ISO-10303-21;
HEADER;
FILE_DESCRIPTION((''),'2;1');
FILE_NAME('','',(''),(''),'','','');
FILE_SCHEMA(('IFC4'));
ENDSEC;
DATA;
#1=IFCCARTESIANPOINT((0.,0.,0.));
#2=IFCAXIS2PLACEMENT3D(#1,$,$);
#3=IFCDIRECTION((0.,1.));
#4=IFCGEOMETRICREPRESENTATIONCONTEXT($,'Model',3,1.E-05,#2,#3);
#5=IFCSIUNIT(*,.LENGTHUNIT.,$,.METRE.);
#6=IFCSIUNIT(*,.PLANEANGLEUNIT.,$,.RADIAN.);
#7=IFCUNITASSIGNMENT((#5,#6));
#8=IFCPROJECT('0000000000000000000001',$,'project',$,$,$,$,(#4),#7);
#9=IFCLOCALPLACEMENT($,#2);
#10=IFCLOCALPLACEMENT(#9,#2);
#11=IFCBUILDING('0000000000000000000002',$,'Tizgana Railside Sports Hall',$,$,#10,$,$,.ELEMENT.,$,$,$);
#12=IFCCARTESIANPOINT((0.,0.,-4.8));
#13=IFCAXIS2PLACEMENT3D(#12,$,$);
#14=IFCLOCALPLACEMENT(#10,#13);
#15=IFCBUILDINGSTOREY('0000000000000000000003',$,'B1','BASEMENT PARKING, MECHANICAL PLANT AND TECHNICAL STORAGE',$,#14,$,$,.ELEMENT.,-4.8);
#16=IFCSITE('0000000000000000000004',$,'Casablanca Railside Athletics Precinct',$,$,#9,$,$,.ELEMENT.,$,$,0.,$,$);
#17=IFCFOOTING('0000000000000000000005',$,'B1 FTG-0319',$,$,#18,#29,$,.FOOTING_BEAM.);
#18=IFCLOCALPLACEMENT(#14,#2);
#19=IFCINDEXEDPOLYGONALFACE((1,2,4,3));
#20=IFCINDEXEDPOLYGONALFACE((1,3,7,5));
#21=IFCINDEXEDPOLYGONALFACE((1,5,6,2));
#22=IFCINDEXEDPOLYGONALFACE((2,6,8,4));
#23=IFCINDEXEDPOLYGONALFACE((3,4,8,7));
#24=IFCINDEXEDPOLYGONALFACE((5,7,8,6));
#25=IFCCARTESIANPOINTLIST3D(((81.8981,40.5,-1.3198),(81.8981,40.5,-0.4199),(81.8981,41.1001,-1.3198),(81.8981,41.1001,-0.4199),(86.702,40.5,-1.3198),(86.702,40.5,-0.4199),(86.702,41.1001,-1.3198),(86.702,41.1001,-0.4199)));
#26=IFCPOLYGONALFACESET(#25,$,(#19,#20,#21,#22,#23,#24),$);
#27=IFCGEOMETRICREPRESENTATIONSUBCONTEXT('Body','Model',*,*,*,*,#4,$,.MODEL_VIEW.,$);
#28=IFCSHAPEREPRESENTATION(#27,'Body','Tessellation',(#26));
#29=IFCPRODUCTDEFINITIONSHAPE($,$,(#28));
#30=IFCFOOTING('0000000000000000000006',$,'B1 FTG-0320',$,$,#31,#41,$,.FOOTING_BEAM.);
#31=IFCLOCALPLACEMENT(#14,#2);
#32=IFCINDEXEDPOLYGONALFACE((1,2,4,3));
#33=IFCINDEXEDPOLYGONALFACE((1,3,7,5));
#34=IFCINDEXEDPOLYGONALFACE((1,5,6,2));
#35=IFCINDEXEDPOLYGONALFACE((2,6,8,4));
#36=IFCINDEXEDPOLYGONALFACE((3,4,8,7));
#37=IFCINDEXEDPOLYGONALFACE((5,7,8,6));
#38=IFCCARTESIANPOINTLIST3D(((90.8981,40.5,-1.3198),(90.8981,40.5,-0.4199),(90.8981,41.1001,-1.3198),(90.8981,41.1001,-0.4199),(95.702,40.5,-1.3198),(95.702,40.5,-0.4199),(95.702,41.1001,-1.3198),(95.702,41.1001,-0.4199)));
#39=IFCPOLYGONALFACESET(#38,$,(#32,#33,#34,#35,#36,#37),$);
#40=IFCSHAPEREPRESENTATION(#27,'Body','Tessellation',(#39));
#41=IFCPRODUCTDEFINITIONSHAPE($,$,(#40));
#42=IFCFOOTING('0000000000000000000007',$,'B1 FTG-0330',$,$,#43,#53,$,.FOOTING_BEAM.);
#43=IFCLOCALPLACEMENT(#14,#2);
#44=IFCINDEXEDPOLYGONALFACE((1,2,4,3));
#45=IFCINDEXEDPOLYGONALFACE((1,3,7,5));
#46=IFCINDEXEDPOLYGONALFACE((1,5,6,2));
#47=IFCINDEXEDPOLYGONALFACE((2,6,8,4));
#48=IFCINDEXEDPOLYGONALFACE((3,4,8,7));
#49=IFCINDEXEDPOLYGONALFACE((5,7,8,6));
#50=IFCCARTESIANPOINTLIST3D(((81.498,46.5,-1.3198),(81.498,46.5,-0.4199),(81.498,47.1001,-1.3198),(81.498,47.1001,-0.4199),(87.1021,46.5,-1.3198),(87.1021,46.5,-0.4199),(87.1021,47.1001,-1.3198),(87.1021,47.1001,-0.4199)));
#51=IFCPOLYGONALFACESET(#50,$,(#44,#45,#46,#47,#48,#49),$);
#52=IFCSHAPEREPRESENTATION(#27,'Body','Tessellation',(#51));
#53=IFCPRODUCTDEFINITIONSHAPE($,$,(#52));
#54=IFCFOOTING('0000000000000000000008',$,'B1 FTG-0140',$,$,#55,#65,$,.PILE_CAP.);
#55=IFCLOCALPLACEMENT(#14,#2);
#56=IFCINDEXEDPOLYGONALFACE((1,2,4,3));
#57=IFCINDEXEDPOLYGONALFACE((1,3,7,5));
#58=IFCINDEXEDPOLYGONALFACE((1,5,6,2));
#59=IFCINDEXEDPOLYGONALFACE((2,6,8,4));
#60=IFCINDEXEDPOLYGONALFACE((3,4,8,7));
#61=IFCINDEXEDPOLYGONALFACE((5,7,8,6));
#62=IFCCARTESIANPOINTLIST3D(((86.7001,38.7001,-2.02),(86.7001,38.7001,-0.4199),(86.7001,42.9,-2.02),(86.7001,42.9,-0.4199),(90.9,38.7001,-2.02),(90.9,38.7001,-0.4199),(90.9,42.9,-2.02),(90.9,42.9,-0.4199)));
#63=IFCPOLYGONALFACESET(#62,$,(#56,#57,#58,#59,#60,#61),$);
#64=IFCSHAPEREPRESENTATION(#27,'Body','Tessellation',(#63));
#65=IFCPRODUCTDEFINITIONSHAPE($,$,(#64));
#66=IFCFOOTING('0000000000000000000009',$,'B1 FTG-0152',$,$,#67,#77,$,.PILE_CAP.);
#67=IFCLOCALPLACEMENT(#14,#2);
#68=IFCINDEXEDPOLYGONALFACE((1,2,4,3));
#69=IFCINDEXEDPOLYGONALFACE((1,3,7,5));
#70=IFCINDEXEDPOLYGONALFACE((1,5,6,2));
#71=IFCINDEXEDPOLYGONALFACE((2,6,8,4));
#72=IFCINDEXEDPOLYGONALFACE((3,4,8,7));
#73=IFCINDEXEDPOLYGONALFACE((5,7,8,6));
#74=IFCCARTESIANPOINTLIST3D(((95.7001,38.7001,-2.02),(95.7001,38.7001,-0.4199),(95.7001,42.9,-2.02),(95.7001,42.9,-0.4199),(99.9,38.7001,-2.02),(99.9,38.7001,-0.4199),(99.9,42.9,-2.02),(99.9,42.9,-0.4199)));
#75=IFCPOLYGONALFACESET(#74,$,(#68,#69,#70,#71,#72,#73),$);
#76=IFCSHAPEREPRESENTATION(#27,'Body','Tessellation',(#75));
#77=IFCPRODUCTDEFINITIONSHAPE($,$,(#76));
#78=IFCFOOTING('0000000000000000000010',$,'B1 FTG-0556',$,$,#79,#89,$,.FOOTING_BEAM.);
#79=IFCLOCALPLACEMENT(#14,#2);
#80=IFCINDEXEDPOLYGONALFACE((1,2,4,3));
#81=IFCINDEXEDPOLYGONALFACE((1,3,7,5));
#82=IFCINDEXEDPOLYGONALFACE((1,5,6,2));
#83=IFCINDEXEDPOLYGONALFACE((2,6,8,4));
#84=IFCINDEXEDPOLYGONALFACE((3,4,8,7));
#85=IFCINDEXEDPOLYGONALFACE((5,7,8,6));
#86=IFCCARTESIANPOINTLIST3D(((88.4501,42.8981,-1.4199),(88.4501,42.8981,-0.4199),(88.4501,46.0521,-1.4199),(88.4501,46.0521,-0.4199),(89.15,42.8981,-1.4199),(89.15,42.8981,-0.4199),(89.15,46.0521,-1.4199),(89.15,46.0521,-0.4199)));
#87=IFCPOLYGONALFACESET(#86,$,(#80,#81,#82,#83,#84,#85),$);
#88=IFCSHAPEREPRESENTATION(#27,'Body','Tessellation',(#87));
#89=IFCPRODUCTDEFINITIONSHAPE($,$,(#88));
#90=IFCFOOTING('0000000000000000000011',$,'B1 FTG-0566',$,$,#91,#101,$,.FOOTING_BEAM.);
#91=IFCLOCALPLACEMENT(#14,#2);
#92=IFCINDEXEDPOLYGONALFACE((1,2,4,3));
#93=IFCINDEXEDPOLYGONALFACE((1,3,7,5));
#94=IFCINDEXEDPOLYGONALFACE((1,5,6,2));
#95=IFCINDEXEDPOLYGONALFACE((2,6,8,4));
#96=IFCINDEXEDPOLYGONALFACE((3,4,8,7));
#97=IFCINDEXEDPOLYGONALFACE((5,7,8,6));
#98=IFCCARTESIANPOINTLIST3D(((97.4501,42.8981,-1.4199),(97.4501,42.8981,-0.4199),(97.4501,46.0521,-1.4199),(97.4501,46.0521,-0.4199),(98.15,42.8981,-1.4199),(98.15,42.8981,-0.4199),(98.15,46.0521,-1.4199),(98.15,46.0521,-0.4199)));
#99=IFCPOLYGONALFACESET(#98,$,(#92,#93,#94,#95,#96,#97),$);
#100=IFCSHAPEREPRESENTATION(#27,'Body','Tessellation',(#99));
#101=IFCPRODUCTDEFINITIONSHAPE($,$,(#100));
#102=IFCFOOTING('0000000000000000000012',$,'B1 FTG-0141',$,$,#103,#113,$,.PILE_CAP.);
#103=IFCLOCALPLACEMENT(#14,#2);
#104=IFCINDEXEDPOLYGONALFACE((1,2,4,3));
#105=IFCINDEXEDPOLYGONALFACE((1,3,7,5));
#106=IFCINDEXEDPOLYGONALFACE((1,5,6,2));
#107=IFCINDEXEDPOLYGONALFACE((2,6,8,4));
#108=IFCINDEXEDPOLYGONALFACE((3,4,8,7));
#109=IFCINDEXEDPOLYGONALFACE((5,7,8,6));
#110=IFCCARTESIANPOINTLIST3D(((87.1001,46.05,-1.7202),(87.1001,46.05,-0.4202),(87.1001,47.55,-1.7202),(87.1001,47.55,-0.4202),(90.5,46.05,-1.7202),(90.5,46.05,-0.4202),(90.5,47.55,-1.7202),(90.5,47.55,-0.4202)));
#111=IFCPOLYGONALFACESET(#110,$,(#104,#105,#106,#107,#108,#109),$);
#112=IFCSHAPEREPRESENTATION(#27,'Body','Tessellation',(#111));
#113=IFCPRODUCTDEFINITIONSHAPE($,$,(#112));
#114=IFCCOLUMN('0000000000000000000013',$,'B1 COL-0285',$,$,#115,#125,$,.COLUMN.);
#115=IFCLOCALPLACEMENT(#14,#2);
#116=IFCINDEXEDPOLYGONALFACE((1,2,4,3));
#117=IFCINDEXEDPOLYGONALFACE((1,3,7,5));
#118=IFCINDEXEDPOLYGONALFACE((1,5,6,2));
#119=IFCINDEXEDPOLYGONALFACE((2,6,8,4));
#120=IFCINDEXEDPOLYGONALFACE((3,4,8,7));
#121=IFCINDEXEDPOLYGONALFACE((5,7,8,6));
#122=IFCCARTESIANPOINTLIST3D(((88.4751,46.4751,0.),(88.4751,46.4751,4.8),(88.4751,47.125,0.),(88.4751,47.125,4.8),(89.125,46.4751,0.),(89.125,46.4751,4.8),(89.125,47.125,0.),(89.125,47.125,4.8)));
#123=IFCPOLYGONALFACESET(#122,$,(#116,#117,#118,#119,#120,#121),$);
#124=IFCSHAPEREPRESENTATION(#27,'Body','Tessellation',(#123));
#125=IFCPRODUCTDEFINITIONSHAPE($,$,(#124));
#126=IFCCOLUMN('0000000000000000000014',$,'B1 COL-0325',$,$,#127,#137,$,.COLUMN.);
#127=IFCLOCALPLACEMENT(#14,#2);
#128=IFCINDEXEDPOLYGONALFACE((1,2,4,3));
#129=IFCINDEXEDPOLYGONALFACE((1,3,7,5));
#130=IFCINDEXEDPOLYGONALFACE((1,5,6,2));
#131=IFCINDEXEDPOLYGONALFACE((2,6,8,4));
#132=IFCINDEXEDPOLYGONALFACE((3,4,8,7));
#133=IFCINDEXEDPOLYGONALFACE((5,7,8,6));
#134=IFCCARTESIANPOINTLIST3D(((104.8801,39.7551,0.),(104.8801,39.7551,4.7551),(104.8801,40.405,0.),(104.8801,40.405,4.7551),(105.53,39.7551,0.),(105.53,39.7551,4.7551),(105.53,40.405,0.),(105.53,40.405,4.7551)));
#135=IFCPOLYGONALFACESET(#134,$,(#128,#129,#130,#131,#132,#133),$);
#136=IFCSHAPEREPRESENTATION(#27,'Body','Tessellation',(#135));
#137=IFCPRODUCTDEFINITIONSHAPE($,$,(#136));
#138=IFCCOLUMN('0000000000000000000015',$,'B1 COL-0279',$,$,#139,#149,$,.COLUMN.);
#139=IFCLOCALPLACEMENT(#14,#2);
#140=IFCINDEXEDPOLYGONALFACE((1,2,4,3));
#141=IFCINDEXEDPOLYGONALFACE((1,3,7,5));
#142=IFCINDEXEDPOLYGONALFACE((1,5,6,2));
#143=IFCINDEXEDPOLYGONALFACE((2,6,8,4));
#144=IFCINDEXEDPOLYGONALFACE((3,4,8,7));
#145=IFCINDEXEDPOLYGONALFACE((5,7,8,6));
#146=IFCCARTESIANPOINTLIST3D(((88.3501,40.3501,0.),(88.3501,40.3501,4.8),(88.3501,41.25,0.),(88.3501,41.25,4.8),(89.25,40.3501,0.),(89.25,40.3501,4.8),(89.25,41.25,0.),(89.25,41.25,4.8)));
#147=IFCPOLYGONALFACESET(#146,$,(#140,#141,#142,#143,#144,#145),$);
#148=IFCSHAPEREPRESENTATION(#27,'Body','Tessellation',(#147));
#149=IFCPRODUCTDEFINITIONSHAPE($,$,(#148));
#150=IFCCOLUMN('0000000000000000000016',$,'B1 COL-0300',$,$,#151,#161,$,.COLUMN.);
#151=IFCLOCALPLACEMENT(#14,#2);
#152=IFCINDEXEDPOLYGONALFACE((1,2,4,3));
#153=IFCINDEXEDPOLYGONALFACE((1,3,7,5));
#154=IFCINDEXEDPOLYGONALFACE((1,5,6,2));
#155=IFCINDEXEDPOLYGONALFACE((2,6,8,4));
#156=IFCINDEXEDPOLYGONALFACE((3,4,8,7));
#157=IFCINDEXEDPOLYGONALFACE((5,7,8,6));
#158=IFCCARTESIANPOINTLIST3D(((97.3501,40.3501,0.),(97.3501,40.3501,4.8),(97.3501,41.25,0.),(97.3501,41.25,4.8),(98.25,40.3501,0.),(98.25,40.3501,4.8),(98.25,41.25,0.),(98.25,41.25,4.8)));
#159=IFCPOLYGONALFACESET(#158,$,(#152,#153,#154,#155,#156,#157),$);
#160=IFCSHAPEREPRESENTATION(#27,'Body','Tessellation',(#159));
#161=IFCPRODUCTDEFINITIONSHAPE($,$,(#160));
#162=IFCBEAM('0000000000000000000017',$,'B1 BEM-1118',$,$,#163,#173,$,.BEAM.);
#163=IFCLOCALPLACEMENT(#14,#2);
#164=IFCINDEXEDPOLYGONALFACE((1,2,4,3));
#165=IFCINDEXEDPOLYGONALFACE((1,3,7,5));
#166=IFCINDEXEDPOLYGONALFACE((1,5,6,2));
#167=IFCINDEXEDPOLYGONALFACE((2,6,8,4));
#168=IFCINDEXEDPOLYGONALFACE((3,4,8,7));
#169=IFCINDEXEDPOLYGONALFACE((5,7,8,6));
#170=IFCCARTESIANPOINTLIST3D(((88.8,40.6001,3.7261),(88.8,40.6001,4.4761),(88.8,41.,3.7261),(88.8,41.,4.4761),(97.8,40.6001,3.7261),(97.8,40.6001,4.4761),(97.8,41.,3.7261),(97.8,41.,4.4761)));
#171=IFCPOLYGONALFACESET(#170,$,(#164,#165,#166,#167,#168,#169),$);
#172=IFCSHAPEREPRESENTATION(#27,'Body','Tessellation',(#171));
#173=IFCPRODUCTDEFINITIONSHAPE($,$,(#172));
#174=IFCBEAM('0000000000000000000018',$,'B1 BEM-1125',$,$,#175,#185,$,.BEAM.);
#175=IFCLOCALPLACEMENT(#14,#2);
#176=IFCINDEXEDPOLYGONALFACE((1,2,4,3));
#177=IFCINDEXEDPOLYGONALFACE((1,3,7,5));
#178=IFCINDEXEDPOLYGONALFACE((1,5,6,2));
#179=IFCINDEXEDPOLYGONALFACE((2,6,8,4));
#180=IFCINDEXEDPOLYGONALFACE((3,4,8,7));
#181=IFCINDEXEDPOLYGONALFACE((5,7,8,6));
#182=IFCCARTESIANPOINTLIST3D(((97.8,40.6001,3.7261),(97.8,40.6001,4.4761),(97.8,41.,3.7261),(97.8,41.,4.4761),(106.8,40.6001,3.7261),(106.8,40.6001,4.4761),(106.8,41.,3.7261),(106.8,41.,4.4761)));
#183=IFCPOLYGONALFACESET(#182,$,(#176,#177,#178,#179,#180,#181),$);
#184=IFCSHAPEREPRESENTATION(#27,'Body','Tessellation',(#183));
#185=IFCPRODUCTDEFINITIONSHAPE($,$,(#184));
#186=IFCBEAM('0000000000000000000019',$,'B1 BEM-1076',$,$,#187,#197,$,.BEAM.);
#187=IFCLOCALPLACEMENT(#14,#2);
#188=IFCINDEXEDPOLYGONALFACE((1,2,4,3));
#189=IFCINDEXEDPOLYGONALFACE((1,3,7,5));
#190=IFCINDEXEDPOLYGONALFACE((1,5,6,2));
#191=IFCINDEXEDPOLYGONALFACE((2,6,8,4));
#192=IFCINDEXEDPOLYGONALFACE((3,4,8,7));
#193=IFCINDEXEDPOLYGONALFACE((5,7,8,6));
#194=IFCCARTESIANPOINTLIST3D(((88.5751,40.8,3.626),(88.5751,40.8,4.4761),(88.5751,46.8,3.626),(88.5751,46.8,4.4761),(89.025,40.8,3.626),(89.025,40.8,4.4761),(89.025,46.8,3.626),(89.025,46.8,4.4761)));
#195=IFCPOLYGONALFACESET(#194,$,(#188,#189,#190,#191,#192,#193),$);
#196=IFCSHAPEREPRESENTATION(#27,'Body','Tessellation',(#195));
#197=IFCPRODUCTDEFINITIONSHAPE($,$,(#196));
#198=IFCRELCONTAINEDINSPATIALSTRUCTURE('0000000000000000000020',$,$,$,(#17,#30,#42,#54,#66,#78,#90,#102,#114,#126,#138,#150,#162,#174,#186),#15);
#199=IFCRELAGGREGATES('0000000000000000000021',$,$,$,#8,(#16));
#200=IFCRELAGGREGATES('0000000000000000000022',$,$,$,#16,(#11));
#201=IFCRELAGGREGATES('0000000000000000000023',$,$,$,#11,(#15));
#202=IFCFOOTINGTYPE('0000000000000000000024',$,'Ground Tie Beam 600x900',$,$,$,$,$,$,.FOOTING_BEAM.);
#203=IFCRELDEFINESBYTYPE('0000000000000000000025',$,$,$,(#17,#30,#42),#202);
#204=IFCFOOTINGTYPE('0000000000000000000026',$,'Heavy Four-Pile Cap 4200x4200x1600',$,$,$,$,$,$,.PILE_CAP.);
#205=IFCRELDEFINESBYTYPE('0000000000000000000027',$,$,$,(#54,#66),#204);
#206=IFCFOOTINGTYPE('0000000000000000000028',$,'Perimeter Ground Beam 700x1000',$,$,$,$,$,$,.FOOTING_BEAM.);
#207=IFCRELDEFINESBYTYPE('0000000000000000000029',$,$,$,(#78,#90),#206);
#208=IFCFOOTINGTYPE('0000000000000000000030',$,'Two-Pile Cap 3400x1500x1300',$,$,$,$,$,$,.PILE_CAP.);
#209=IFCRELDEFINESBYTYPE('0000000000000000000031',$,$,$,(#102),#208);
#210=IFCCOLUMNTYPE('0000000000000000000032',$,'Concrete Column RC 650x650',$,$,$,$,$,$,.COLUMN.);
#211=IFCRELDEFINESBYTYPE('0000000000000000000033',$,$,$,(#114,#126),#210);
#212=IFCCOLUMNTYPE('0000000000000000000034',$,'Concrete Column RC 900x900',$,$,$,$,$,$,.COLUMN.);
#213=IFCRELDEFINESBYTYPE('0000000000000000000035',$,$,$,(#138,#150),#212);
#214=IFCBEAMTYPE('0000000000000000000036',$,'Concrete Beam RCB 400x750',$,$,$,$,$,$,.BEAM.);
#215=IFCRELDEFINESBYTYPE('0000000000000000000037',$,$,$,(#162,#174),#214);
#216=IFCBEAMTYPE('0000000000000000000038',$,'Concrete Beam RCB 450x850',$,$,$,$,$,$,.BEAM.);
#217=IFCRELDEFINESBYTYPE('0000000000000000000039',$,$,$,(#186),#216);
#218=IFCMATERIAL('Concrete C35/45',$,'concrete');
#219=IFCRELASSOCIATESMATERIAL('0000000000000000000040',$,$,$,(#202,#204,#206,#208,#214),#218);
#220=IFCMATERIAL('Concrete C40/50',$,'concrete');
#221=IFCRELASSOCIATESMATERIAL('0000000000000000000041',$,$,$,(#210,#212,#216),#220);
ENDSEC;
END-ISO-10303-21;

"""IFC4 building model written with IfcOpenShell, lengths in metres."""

from ifc_helpers import new_model, si_unit, direction, frame, origin, origin_2d, place, context, subcontext, project, spatial, rectangle, extrude, material, material_profile, profile_set, type_object, element, save


model = new_model("IFC4")

# Units and contexts
model_context = context("Model", 3, precision=1e-05, world=origin(), true_north=direction((0.0, 1.0)))
body_context = subcontext(model_context, "Body", "Model", "MODEL_VIEW")
ifc_project = project(units=[si_unit("LENGTHUNIT", "METRE"), si_unit("PLANEANGLEUNIT", "RADIAN")], contexts=[model_context])

# Site, building, storey
site_placement = place(None, origin())
site = spatial("IfcSite", under=ifc_project, at=site_placement, Name="Casablanca Railside Athletics Precinct", CompositionType="ELEMENT", RefElevation=0.0)
building_placement = place(site_placement, origin())
building = spatial("IfcBuilding", under=site, at=building_placement, Name="Tizgana Railside Sports Hall", CompositionType="ELEMENT")
storey_placement = place(building_placement, frame((0.0, 0.0, -4.8)))
storey = spatial("IfcBuildingStorey", under=building, at=storey_placement, Name="B1", Description="BASEMENT PARKING, MECHANICAL PLANT AND TECHNICAL STORAGE", CompositionType="ELEMENT", Elevation=-4.8)

# Shared definitions
ifc_material_1 = material(Name="Concrete C35/45", Category="concrete")

# Footings
footing_type_1 = type_object("IfcFootingType", Name="Ground Tie Beam 600x900", PredefinedType="FOOTING_BEAM", material=ifc_material_1)
for number, where, z_axis, x_axis, name in (
    (1, (84.3, 40.8, -1.3198), (0.0, 0.0, 1.0), (1.0, 0.0, 0.0), "B1 FTG-0319"),
    (2, (93.3, 40.8, -1.3198), (0.0, 0.0, 1.0), (1.0, 0.0, 0.0), "B1 FTG-0320"),
):
    element("IfcFooting", number, at=place(storey_placement, frame(where, z_axis=z_axis, x_axis=x_axis)), inside=storey, type_object=footing_type_1, Name=name, PredefinedType="FOOTING_BEAM", context=body_context, shape_type="SweptSolid", body=[
        extrude(rectangle(XDim=4.804, YDim=0.6001, at=origin_2d()), origin(), (0.0, 0.0, 1.0), 0.8999),
    ])
footing_1_placement = place(storey_placement, frame((84.3, 46.8, -1.3198), z_axis=(0.0, 0.0, 1.0), x_axis=(1.0, 0.0, 0.0)))
element("IfcFooting", 3, at=footing_1_placement, inside=storey, type_object=footing_type_1, Name="B1 FTG-0330", PredefinedType="FOOTING_BEAM", context=body_context, shape_type="SweptSolid", body=[
    extrude(rectangle(XDim=5.604, YDim=0.6001, at=origin_2d()), origin(), (0.0, 0.0, 1.0), 0.8999),
])
footing_type_2 = type_object("IfcFootingType", Name="Heavy Four-Pile Cap 4200x4200x1600", PredefinedType="PILE_CAP", material=ifc_material_1)
for number, where, z_axis, x_axis, name in (
    (4, (88.8, 40.8, -2.02), (0.0, 0.0, 1.0), (1.0, 0.0, 0.0), "B1 FTG-0140"),
    (5, (97.8, 40.8, -2.02), (0.0, 0.0, 1.0), (1.0, 0.0, 0.0), "B1 FTG-0152"),
):
    element("IfcFooting", number, at=place(storey_placement, frame(where, z_axis=z_axis, x_axis=x_axis)), inside=storey, type_object=footing_type_2, Name=name, PredefinedType="PILE_CAP", context=body_context, shape_type="SweptSolid", body=[
        extrude(rectangle(XDim=4.2, YDim=4.2, at=origin_2d()), origin(), (0.0, 0.0, 1.0), 1.6001),
    ])
footing_type_3 = type_object("IfcFootingType", Name="Perimeter Ground Beam 700x1000", PredefinedType="FOOTING_BEAM", material=ifc_material_1)
for number, where, z_axis, x_axis, name in (
    (6, (88.8, 44.4751, -1.4199), (0.0, 0.0, 1.0), (0.0, 1.0, 0.0), "B1 FTG-0556"),
    (7, (97.8, 44.4751, -1.4199), (0.0, 0.0, 1.0), (0.0, 1.0, 0.0), "B1 FTG-0566"),
):
    element("IfcFooting", number, at=place(storey_placement, frame(where, z_axis=z_axis, x_axis=x_axis)), inside=storey, type_object=footing_type_3, Name=name, PredefinedType="FOOTING_BEAM", context=body_context, shape_type="SweptSolid", body=[
        extrude(rectangle(XDim=3.1541, YDim=0.7, at=origin_2d()), origin(), (0.0, 0.0, 1.0), 1.0),
    ])
footing_type_4 = type_object("IfcFootingType", Name="Two-Pile Cap 3400x1500x1300", PredefinedType="PILE_CAP", material=ifc_material_1)
footing_2_placement = place(storey_placement, frame((88.8, 46.8, -1.7202), z_axis=(0.0, 0.0, 1.0), x_axis=(1.0, 0.0, 0.0)))
element("IfcFooting", 8, at=footing_2_placement, inside=storey, type_object=footing_type_4, Name="B1 FTG-0141", PredefinedType="PILE_CAP", context=body_context, shape_type="SweptSolid", body=[
    extrude(rectangle(XDim=3.3999, YDim=1.5, at=origin_2d()), origin(), (0.0, 0.0, 1.0), 1.3),
])

# Columns
ifc_material_2 = material(Name="Concrete C40/50", Category="concrete")
ifc_material_profile_1 = material_profile(ifc_material_2, rectangle(XDim=0.6499, YDim=0.6499, at=origin_2d()), Name="RC 650x650")
ifc_profile_set_1 = profile_set([ifc_material_profile_1], Name="Concrete C40/50")
column_type_1 = type_object("IfcColumnType", Name="Concrete Column RC 650x650", PredefinedType="COLUMN", material=ifc_profile_set_1)
column_1_placement = place(storey_placement, frame((88.8, 46.8, 0.0), z_axis=(0.0, 0.0, 1.0), x_axis=(1.0, 0.0, 0.0)))
element("IfcColumn", 9, at=column_1_placement, inside=storey, type_object=column_type_1, Name="B1 COL-0285", PredefinedType="COLUMN", context=body_context, shape_type="SweptSolid", body=[
    extrude(rectangle(XDim=0.6499, YDim=0.6499, at=origin_2d()), origin(), (0.0, 0.0, 1.0), 4.8),
])
column_2_placement = place(storey_placement, frame((105.2051, 40.0801, 0.0), z_axis=(0.0, 0.0, 1.0), x_axis=(1.0, 0.0, 0.0)))
element("IfcColumn", 10, at=column_2_placement, inside=storey, type_object=column_type_1, Name="B1 COL-0325", PredefinedType="COLUMN", context=body_context, shape_type="SweptSolid", body=[
    extrude(rectangle(XDim=0.6499, YDim=0.6499, at=origin_2d()), origin(), (0.0, 0.0, 1.0), 4.7551),
])
ifc_material_profile_2 = material_profile(ifc_material_2, rectangle(XDim=0.8999, YDim=0.8999, at=origin_2d()), Name="RC 900x900")
ifc_profile_set_2 = profile_set([ifc_material_profile_2], Name="Concrete C40/50")
column_type_2 = type_object("IfcColumnType", Name="Concrete Column RC 900x900", PredefinedType="COLUMN", material=ifc_profile_set_2)
for number, where, z_axis, x_axis, name in (
    (11, (88.8, 40.8, 0.0), (0.0, 0.0, 1.0), (1.0, 0.0, 0.0), "B1 COL-0279"),
    (12, (97.8, 40.8, 0.0), (0.0, 0.0, 1.0), (1.0, 0.0, 0.0), "B1 COL-0300"),
):
    element("IfcColumn", number, at=place(storey_placement, frame(where, z_axis=z_axis, x_axis=x_axis)), inside=storey, type_object=column_type_2, Name=name, PredefinedType="COLUMN", context=body_context, shape_type="SweptSolid", body=[
        extrude(rectangle(XDim=0.8999, YDim=0.8999, at=origin_2d()), origin(), (0.0, 0.0, 1.0), 4.8),
    ])

# Beams
ifc_material_profile_3 = material_profile(ifc_material_1, rectangle(XDim=0.3999, YDim=0.75, at=origin_2d()), Name="RCB 400x750")
ifc_profile_set_3 = profile_set([ifc_material_profile_3], Name="Concrete C35/45")
beam_type_1 = type_object("IfcBeamType", Name="Concrete Beam RCB 400x750", PredefinedType="BEAM", material=ifc_profile_set_3)
for number, where, z_axis, x_axis, name in (
    (13, (88.8, 40.8, 4.1011), (1.0, 0.0, 0.0), (0.0, 1.0, 0.0), "B1 BEM-1118"),
    (14, (97.8, 40.8, 4.1011), (1.0, 0.0, 0.0), (0.0, 1.0, 0.0), "B1 BEM-1125"),
):
    element("IfcBeam", number, at=place(storey_placement, frame(where, z_axis=z_axis, x_axis=x_axis)), inside=storey, type_object=beam_type_1, Name=name, PredefinedType="BEAM", context=body_context, shape_type="SweptSolid", body=[
        extrude(rectangle(XDim=0.3999, YDim=0.75, at=origin_2d()), origin(), (0.0, 0.0, 1.0), 9.0),
    ])
ifc_material_profile_4 = material_profile(ifc_material_2, rectangle(XDim=0.45, YDim=0.8501, at=origin_2d()), Name="RCB 450x850")
ifc_profile_set_4 = profile_set([ifc_material_profile_4], Name="Concrete C40/50")
beam_type_2 = type_object("IfcBeamType", Name="Concrete Beam RCB 450x850", PredefinedType="BEAM", material=ifc_profile_set_4)
for number, where, z_axis, x_axis, name in (
    (15, (88.8, 40.8, 4.051), (0.0, 1.0, 0.0), (-1.0, 0.0, 0.0), "B1 BEM-1076"),
):
    element("IfcBeam", number, at=place(storey_placement, frame(where, z_axis=z_axis, x_axis=x_axis)), inside=storey, type_object=beam_type_2, Name=name, PredefinedType="BEAM", context=body_context, shape_type="SweptSolid", body=[
        extrude(rectangle(XDim=0.45, YDim=0.8501, at=origin_2d()), origin(), (0.0, 0.0, 1.0), 6.0),
    ])

save(model, "model.ifc")
